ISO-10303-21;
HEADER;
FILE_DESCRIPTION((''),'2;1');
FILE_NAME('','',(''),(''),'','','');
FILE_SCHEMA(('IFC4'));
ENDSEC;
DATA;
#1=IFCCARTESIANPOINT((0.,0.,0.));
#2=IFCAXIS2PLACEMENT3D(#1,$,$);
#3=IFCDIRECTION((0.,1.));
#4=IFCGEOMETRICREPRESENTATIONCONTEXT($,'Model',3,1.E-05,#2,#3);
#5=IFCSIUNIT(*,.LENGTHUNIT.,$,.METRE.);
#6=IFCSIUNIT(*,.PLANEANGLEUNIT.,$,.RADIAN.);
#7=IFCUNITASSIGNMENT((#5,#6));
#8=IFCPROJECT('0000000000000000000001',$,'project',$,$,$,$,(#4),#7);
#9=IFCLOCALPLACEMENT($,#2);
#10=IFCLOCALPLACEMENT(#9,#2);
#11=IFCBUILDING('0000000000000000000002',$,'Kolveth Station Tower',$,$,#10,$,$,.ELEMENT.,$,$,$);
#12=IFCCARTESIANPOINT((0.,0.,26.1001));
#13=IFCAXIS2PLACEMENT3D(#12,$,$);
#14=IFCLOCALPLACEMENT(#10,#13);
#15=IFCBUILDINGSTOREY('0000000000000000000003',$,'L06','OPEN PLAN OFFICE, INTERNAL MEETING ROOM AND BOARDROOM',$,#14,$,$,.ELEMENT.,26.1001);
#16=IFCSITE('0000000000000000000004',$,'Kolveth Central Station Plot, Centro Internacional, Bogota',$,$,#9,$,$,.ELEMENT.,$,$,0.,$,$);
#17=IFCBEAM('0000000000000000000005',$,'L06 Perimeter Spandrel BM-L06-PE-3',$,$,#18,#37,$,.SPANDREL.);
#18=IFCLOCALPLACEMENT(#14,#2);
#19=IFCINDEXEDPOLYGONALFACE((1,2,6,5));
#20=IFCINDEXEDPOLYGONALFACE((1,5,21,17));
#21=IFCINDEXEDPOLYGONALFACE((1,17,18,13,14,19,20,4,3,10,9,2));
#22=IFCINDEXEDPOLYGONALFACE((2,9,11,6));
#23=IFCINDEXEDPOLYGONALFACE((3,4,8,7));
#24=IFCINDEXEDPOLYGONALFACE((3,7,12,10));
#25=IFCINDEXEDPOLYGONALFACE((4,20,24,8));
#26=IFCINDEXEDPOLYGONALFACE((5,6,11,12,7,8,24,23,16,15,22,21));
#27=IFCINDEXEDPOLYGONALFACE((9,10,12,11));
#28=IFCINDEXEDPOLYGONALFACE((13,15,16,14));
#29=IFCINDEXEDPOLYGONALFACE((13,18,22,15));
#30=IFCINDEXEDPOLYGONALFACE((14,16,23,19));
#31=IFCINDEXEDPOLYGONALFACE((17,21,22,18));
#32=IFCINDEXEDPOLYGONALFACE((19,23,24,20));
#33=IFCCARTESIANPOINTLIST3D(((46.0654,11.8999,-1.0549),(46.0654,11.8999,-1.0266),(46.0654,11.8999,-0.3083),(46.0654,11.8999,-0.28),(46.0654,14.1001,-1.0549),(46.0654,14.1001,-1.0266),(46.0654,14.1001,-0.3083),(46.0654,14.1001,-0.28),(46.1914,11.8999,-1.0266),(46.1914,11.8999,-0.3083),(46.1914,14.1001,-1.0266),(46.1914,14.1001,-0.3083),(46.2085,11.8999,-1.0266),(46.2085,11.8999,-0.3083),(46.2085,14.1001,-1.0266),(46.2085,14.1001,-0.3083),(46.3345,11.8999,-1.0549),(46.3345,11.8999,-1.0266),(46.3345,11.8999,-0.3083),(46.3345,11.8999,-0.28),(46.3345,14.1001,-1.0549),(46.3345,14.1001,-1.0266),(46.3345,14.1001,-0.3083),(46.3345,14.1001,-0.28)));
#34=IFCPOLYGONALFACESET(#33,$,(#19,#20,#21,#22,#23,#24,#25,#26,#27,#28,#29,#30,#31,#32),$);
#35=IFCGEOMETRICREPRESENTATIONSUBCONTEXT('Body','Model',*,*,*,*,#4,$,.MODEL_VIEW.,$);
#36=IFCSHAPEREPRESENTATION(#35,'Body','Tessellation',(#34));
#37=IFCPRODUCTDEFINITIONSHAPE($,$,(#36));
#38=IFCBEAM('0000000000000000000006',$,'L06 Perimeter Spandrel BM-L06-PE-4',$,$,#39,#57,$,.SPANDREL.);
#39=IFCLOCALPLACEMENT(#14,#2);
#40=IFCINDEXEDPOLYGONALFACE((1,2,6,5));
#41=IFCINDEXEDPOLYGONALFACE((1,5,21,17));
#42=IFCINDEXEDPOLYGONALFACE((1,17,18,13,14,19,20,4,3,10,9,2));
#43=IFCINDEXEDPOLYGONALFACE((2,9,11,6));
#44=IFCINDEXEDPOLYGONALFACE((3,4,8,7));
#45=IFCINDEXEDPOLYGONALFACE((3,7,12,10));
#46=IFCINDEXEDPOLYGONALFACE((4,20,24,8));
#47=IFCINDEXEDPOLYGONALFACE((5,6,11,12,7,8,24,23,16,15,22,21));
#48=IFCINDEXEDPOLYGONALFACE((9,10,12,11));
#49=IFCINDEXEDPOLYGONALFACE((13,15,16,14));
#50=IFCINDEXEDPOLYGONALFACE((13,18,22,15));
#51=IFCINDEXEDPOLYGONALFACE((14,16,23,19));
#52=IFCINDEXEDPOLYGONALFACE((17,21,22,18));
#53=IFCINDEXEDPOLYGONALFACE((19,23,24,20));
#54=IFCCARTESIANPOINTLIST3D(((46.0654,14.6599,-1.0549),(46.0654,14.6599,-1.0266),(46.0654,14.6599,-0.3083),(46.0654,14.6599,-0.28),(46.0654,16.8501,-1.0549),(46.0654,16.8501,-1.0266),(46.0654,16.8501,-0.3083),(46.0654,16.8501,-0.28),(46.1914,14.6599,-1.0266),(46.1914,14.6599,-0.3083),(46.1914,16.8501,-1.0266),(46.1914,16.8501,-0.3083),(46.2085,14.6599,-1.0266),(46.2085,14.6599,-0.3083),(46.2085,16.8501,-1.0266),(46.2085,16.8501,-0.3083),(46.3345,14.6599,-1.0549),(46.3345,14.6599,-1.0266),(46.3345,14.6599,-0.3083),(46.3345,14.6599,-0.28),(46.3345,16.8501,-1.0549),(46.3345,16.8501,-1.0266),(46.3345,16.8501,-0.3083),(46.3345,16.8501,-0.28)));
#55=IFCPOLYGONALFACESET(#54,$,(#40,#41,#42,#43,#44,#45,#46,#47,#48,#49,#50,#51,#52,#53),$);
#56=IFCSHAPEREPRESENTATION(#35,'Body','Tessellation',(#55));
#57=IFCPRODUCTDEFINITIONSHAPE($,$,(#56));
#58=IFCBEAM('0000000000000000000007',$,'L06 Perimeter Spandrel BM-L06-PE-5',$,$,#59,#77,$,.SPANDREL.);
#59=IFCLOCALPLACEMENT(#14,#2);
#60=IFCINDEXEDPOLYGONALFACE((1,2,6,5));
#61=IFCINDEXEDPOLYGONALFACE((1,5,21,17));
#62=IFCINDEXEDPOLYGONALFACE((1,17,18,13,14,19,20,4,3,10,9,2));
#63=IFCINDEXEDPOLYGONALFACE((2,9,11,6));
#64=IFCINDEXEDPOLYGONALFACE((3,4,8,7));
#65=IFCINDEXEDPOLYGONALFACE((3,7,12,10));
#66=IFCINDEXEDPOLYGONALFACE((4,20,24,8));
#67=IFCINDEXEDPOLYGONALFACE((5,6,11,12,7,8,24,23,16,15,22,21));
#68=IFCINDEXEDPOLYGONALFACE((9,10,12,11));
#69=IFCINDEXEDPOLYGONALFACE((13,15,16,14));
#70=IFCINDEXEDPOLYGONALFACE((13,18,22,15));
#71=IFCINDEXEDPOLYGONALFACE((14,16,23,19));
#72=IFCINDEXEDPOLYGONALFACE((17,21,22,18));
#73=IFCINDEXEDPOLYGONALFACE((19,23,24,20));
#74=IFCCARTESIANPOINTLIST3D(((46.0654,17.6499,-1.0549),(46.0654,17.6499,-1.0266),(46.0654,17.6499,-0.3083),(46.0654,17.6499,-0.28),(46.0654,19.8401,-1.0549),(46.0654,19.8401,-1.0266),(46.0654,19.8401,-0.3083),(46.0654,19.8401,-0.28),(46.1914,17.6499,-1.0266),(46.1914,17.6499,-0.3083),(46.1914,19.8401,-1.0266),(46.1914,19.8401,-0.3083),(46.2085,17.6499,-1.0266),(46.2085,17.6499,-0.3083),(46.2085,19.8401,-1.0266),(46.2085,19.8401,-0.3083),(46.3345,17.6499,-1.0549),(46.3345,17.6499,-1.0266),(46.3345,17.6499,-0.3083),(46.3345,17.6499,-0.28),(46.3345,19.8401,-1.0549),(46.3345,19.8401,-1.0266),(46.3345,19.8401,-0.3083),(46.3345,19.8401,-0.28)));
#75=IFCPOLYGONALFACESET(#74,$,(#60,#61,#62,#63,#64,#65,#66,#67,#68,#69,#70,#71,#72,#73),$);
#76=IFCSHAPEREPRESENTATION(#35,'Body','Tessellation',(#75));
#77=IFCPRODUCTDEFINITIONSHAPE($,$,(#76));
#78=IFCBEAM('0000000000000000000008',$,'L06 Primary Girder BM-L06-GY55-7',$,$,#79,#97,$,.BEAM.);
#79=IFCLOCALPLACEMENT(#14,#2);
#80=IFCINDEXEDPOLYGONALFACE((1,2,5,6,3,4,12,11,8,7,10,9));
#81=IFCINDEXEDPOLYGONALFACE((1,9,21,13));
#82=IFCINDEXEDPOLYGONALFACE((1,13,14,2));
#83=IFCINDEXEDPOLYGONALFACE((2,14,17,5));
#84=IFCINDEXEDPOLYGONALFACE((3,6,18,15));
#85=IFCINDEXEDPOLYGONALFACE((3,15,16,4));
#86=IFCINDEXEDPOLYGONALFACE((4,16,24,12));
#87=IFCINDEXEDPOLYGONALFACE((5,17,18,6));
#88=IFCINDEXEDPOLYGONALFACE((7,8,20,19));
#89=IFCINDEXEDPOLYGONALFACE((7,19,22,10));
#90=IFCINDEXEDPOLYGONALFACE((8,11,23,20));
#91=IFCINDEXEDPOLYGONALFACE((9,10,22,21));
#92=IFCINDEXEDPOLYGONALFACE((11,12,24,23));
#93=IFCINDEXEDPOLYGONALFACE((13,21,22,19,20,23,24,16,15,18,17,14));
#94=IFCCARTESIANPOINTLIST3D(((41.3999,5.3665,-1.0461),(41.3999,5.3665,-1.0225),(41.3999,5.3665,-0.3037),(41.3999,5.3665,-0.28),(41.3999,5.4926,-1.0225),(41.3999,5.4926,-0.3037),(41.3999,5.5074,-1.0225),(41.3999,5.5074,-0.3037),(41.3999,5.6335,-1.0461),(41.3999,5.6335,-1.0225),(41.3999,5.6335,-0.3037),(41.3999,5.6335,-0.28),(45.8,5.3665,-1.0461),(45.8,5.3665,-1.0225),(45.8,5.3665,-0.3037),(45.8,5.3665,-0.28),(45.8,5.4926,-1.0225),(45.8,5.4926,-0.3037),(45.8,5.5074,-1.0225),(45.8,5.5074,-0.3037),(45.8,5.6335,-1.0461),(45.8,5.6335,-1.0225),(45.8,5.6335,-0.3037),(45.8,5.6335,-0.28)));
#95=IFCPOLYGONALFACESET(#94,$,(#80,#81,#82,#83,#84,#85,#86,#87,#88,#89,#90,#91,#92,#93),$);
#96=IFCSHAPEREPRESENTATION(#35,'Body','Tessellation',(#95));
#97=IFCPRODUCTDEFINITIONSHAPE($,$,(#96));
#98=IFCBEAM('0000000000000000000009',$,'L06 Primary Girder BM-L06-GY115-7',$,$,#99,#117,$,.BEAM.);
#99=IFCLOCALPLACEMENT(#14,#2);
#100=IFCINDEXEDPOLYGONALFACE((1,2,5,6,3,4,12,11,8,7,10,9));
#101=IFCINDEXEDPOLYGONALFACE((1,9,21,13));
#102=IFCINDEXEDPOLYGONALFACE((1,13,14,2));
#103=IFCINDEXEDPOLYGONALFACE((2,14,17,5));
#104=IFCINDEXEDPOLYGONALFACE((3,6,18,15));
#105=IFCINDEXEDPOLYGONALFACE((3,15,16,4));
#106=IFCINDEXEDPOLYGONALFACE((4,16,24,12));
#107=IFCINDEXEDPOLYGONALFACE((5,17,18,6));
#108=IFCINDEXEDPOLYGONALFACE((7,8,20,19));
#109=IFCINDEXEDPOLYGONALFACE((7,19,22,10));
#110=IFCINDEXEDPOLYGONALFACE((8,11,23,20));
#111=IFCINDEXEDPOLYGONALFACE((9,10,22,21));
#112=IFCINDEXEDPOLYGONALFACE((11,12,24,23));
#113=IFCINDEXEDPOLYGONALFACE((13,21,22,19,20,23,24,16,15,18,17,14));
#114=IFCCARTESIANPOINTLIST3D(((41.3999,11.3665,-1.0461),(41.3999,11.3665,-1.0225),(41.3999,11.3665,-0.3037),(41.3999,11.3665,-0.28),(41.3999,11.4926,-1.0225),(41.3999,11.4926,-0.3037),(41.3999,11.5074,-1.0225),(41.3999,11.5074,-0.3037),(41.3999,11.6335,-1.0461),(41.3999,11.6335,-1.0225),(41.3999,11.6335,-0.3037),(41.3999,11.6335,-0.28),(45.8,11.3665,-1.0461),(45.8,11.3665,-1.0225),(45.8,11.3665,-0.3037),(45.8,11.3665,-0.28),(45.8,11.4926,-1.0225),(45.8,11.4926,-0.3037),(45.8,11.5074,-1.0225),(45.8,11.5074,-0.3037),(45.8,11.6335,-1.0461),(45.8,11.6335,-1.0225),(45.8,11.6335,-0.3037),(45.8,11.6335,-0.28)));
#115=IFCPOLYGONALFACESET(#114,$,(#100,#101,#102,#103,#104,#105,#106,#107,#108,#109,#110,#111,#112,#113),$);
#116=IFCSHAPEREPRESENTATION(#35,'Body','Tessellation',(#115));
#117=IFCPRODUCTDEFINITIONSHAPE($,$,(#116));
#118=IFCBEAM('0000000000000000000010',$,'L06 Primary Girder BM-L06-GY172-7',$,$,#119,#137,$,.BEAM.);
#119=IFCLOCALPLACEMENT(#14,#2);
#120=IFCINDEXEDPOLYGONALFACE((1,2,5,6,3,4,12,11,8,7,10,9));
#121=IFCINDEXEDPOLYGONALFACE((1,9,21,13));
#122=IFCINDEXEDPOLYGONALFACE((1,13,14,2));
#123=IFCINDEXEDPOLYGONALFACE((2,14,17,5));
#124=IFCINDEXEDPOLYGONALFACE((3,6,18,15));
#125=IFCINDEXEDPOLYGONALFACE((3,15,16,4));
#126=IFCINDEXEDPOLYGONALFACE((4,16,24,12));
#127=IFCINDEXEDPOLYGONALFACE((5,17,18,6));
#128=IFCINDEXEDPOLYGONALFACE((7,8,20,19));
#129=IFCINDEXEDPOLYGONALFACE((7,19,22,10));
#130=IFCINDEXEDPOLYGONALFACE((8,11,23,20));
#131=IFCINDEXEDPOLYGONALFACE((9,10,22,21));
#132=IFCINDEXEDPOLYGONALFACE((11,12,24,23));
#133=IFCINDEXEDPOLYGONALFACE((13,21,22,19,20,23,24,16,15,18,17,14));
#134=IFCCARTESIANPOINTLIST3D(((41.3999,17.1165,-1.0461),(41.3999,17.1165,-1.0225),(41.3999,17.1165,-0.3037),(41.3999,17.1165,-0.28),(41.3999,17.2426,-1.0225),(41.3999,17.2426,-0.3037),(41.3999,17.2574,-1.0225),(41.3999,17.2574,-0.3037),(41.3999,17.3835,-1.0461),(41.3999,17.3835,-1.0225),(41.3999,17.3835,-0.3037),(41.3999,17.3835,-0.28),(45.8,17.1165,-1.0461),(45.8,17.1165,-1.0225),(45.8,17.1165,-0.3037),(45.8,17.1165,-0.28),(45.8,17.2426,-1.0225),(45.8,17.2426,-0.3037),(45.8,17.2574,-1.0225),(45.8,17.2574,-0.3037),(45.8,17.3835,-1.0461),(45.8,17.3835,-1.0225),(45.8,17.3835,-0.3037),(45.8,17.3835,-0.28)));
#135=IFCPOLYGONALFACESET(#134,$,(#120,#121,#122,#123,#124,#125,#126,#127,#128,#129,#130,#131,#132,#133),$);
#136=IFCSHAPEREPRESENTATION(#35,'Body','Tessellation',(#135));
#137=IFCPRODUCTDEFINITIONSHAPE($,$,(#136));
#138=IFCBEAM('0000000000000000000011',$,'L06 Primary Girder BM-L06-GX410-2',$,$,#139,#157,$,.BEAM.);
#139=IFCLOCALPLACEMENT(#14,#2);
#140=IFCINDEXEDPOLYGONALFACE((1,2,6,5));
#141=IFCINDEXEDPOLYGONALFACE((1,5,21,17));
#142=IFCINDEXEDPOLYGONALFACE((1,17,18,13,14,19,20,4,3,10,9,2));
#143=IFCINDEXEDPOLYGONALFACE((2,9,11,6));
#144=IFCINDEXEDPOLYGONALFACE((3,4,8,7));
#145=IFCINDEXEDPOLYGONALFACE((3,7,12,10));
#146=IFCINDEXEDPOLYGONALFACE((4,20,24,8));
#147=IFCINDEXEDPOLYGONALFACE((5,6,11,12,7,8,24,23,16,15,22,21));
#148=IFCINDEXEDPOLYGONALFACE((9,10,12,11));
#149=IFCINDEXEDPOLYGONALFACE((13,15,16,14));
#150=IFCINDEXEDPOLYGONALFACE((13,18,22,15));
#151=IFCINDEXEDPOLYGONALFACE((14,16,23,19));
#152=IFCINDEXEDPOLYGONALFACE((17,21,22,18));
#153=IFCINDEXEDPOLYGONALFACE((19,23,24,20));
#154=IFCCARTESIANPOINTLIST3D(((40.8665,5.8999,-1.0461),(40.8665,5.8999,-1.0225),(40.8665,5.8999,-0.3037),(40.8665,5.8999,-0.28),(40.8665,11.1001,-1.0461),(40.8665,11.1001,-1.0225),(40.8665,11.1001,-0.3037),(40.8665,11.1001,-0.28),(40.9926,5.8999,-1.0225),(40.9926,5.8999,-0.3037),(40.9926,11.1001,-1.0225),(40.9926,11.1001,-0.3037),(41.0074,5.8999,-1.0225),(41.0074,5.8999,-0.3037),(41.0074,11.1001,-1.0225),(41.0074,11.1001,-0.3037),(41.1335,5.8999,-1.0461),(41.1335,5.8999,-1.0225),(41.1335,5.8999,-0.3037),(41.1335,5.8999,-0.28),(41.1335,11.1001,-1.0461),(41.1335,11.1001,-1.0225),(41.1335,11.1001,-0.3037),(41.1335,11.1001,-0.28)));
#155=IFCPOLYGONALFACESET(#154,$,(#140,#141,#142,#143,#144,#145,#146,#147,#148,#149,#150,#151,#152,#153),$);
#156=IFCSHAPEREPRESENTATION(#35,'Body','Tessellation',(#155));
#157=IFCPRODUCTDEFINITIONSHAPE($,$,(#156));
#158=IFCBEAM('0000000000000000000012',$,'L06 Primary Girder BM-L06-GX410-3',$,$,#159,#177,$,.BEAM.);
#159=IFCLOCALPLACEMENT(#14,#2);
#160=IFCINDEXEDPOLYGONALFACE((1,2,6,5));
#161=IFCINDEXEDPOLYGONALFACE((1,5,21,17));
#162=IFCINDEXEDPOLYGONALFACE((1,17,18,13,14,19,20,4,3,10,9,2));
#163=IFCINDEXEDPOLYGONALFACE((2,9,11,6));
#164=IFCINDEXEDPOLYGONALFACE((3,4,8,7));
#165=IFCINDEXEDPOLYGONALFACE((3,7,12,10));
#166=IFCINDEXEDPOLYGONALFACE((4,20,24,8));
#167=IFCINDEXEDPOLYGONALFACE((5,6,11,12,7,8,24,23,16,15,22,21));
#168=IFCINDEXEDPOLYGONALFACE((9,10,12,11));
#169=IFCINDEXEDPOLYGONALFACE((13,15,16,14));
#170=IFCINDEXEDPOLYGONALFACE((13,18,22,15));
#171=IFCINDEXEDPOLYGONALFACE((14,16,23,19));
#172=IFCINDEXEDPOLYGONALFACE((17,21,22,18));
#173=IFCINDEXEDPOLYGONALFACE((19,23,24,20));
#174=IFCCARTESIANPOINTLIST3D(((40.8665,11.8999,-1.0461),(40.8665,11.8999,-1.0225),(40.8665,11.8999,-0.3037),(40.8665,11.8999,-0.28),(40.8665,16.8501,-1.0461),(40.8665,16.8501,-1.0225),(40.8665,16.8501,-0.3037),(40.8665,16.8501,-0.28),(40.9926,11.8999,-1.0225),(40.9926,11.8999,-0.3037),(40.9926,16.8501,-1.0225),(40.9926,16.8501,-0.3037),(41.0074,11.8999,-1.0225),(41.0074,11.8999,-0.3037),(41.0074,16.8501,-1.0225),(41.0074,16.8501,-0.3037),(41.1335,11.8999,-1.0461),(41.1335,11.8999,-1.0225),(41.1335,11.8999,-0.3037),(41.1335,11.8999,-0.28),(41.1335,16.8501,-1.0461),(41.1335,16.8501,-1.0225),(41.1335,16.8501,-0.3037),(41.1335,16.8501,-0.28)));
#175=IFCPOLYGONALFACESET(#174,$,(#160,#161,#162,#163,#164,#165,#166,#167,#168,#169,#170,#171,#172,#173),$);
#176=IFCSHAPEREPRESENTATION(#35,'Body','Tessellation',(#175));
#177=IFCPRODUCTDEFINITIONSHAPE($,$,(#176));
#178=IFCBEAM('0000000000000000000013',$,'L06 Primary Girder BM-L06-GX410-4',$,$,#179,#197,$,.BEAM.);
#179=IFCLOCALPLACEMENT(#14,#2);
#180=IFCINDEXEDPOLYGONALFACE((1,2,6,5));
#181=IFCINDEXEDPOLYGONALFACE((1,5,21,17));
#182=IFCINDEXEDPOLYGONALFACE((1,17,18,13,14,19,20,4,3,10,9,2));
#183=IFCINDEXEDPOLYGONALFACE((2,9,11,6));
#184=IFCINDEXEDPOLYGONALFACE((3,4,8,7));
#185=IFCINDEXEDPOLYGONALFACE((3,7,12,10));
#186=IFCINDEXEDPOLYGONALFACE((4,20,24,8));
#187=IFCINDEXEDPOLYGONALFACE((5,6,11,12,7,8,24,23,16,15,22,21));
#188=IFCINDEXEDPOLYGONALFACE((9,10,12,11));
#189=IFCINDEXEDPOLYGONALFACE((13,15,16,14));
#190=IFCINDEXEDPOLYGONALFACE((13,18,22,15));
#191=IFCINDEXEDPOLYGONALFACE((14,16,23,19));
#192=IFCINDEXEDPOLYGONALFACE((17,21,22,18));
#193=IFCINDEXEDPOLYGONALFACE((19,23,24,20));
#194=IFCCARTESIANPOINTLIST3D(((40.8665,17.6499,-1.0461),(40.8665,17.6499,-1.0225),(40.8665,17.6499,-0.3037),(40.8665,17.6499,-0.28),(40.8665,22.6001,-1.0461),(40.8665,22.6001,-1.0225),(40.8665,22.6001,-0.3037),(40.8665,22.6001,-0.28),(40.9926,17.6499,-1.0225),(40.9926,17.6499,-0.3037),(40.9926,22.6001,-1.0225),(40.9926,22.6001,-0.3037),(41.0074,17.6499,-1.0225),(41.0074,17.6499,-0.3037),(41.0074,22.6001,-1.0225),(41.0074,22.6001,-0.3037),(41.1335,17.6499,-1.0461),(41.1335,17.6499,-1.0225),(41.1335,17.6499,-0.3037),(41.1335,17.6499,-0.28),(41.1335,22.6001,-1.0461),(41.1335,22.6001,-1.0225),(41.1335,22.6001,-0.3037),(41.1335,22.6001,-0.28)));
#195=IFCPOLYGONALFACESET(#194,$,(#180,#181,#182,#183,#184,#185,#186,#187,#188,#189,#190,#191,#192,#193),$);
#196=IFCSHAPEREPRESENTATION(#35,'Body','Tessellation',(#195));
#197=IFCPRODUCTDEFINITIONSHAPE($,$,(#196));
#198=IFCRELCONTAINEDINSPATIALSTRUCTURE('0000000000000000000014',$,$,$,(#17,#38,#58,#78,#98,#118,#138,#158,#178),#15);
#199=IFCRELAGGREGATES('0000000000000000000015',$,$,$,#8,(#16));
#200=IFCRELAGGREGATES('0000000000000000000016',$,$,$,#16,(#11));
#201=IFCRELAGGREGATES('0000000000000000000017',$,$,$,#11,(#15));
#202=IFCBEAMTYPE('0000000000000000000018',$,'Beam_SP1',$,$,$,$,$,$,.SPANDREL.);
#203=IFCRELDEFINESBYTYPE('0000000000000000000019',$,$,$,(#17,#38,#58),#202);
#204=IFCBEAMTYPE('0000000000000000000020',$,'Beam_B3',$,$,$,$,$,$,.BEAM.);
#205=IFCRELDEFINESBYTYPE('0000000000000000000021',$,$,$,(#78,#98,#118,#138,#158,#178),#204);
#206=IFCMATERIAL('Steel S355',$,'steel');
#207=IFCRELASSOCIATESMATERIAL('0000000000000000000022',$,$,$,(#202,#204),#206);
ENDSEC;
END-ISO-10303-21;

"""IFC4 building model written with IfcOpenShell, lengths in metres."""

from ifc_helpers import new_model, si_unit, direction, frame, origin, origin_2d, place, context, subcontext, project, spatial, i_section, extrude, source, transform, mapped, material, material_profile, profile_set, type_object, element, save


model = new_model("IFC4")

# Units and contexts
model_context = context("Model", 3, precision=1e-05, world=origin(), true_north=direction((0.0, 1.0)))
body_context = subcontext(model_context, "Body", "Model", "MODEL_VIEW")
ifc_project = project(units=[si_unit("LENGTHUNIT", "METRE"), si_unit("PLANEANGLEUNIT", "RADIAN")], contexts=[model_context])

# Site, building, storey
site_placement = place(None, origin())
site = spatial("IfcSite", under=ifc_project, at=site_placement, Name="Kolveth Central Station Plot, Centro Internacional, Bogota", CompositionType="ELEMENT", RefElevation=0.0)
building_placement = place(site_placement, origin())
building = spatial("IfcBuilding", under=site, at=building_placement, Name="Kolveth Station Tower", CompositionType="ELEMENT")
storey_placement = place(building_placement, frame((0.0, 0.0, 26.1001)))
storey = spatial("IfcBuildingStorey", under=building, at=storey_placement, Name="L06", Description="OPEN PLAN OFFICE, INTERNAL MEETING ROOM AND BOARDROOM", CompositionType="ELEMENT", Elevation=26.1001)

# Shared definitions
ifc_material_1 = material(Name="Steel S355", Category="steel")

# Beams
ifc_material_profile_1 = material_profile(ifc_material_1, i_section(OverallWidth=0.269, OverallDepth=0.7749, WebThickness=0.0171, FlangeThickness=0.0283, at=origin_2d()), Name="W760x220")
ifc_profile_set_1 = profile_set([ifc_material_profile_1], Name="Steel S355")
beam_type_1 = type_object("IfcBeamType", Name="Beam_SP1", PredefinedType="SPANDREL", material=ifc_profile_set_1)
shared_shape_1 = source(origin(), body_context, "Body", "SweptSolid", [
    extrude(i_section(OverallWidth=0.269, OverallDepth=0.7749, WebThickness=0.0171, FlangeThickness=0.0283, at=origin_2d()), origin(), (0.0, 0.0, 1.0), 2.2002),
])
beam_1_placement = place(storey_placement, frame((46.2, 11.8999, -0.6675), z_axis=(0.0, 1.0, 0.0), x_axis=(-1.0, 0.0, 0.0)))
element("IfcBeam", 1, at=beam_1_placement, inside=storey, type_object=beam_type_1, Name="L06 Perimeter Spandrel BM-L06-PE-3", PredefinedType="SPANDREL", context=body_context, shape_type="MappedRepresentation", body=[
    mapped(shared_shape_1, transform((0.0, 0.0, 0.0), x_axis=(1.0, 0.0, 0.0), y_axis=(0.0, 1.0, 0.0), z_axis=(0.0, 0.0, 1.0), scale=1.0)),
])
shared_shape_2 = source(origin(), body_context, "Body", "SweptSolid", [
    extrude(i_section(OverallWidth=0.269, OverallDepth=0.7749, WebThickness=0.0171, FlangeThickness=0.0283, at=origin_2d()), origin(), (0.0, 0.0, 1.0), 2.1902),
])
for number, where, z_axis, x_axis, name in (
    (2, (46.2, 14.6599, -0.6675), (0.0, 1.0, 0.0), (-1.0, 0.0, 0.0), "L06 Perimeter Spandrel BM-L06-PE-4"),
    (3, (46.2, 17.6499, -0.6675), (0.0, 1.0, 0.0), (-1.0, 0.0, 0.0), "L06 Perimeter Spandrel BM-L06-PE-5"),
):
    element("IfcBeam", number, at=place(storey_placement, frame(where, z_axis=z_axis, x_axis=x_axis)), inside=storey, type_object=beam_type_1, Name=name, PredefinedType="SPANDREL", context=body_context, shape_type="MappedRepresentation", body=[
        mapped(shared_shape_2, transform((0.0, 0.0, 0.0), x_axis=(1.0, 0.0, 0.0), y_axis=(0.0, 1.0, 0.0), z_axis=(0.0, 0.0, 1.0), scale=1.0)),
    ])
ifc_material_profile_2 = material_profile(ifc_material_1, i_section(OverallWidth=0.2671, OverallDepth=0.7661, WebThickness=0.0149, FlangeThickness=0.0237, at=origin_2d()), Name="W760x185")
ifc_profile_set_2 = profile_set([ifc_material_profile_2], Name="Steel S355")
beam_type_2 = type_object("IfcBeamType", Name="Beam_B3", PredefinedType="BEAM", material=ifc_profile_set_2)
shared_shape_3 = source(origin(), body_context, "Body", "SweptSolid", [
    extrude(i_section(OverallWidth=0.2671, OverallDepth=0.7661, WebThickness=0.0149, FlangeThickness=0.0237, at=origin_2d()), origin(), (0.0, 0.0, 1.0), 4.4001),
])
for number, where, z_axis, x_axis, name in (
    (4, (41.3999, 5.5, -0.6631), (1.0, 0.0, 0.0), (0.0, 1.0, 0.0), "L06 Primary Girder BM-L06-GY55-7"),
    (5, (41.3999, 11.5, -0.6631), (1.0, 0.0, 0.0), (0.0, 1.0, 0.0), "L06 Primary Girder BM-L06-GY115-7"),
    (6, (41.3999, 17.25, -0.6631), (1.0, 0.0, 0.0), (0.0, 1.0, 0.0), "L06 Primary Girder BM-L06-GY172-7"),
):
    element("IfcBeam", number, at=place(storey_placement, frame(where, z_axis=z_axis, x_axis=x_axis)), inside=storey, type_object=beam_type_2, Name=name, PredefinedType="BEAM", context=body_context, shape_type="MappedRepresentation", body=[
        mapped(shared_shape_3, transform((0.0, 0.0, 0.0), x_axis=(1.0, 0.0, 0.0), y_axis=(0.0, 1.0, 0.0), z_axis=(0.0, 0.0, 1.0), scale=1.0)),
    ])
shared_shape_4 = source(origin(), body_context, "Body", "SweptSolid", [
    extrude(i_section(OverallWidth=0.2671, OverallDepth=0.7661, WebThickness=0.0149, FlangeThickness=0.0237, at=origin_2d()), origin(), (0.0, 0.0, 1.0), 5.2002),
])
beam_2_placement = place(storey_placement, frame((41.0, 5.8999, -0.6631), z_axis=(0.0, 1.0, 0.0), x_axis=(-1.0, 0.0, 0.0)))
element("IfcBeam", 7, at=beam_2_placement, inside=storey, type_object=beam_type_2, Name="L06 Primary Girder BM-L06-GX410-2", PredefinedType="BEAM", context=body_context, shape_type="MappedRepresentation", body=[
    mapped(shared_shape_4, transform((0.0, 0.0, 0.0), x_axis=(1.0, 0.0, 0.0), y_axis=(0.0, 1.0, 0.0), z_axis=(0.0, 0.0, 1.0), scale=1.0)),
])
shared_shape_5 = source(origin(), body_context, "Body", "SweptSolid", [
    extrude(i_section(OverallWidth=0.2671, OverallDepth=0.7661, WebThickness=0.0149, FlangeThickness=0.0237, at=origin_2d()), origin(), (0.0, 0.0, 1.0), 4.9502),
])
for number, where, z_axis, x_axis, name in (
    (8, (41.0, 11.8999, -0.6631), (0.0, 1.0, 0.0), (-1.0, 0.0, 0.0), "L06 Primary Girder BM-L06-GX410-3"),
    (9, (41.0, 17.6499, -0.6631), (0.0, 1.0, 0.0), (-1.0, 0.0, 0.0), "L06 Primary Girder BM-L06-GX410-4"),
):
    element("IfcBeam", number, at=place(storey_placement, frame(where, z_axis=z_axis, x_axis=x_axis)), inside=storey, type_object=beam_type_2, Name=name, PredefinedType="BEAM", context=body_context, shape_type="MappedRepresentation", body=[
        mapped(shared_shape_5, transform((0.0, 0.0, 0.0), x_axis=(1.0, 0.0, 0.0), y_axis=(0.0, 1.0, 0.0), z_axis=(0.0, 0.0, 1.0), scale=1.0)),
    ])

save(model, "model.ifc")
